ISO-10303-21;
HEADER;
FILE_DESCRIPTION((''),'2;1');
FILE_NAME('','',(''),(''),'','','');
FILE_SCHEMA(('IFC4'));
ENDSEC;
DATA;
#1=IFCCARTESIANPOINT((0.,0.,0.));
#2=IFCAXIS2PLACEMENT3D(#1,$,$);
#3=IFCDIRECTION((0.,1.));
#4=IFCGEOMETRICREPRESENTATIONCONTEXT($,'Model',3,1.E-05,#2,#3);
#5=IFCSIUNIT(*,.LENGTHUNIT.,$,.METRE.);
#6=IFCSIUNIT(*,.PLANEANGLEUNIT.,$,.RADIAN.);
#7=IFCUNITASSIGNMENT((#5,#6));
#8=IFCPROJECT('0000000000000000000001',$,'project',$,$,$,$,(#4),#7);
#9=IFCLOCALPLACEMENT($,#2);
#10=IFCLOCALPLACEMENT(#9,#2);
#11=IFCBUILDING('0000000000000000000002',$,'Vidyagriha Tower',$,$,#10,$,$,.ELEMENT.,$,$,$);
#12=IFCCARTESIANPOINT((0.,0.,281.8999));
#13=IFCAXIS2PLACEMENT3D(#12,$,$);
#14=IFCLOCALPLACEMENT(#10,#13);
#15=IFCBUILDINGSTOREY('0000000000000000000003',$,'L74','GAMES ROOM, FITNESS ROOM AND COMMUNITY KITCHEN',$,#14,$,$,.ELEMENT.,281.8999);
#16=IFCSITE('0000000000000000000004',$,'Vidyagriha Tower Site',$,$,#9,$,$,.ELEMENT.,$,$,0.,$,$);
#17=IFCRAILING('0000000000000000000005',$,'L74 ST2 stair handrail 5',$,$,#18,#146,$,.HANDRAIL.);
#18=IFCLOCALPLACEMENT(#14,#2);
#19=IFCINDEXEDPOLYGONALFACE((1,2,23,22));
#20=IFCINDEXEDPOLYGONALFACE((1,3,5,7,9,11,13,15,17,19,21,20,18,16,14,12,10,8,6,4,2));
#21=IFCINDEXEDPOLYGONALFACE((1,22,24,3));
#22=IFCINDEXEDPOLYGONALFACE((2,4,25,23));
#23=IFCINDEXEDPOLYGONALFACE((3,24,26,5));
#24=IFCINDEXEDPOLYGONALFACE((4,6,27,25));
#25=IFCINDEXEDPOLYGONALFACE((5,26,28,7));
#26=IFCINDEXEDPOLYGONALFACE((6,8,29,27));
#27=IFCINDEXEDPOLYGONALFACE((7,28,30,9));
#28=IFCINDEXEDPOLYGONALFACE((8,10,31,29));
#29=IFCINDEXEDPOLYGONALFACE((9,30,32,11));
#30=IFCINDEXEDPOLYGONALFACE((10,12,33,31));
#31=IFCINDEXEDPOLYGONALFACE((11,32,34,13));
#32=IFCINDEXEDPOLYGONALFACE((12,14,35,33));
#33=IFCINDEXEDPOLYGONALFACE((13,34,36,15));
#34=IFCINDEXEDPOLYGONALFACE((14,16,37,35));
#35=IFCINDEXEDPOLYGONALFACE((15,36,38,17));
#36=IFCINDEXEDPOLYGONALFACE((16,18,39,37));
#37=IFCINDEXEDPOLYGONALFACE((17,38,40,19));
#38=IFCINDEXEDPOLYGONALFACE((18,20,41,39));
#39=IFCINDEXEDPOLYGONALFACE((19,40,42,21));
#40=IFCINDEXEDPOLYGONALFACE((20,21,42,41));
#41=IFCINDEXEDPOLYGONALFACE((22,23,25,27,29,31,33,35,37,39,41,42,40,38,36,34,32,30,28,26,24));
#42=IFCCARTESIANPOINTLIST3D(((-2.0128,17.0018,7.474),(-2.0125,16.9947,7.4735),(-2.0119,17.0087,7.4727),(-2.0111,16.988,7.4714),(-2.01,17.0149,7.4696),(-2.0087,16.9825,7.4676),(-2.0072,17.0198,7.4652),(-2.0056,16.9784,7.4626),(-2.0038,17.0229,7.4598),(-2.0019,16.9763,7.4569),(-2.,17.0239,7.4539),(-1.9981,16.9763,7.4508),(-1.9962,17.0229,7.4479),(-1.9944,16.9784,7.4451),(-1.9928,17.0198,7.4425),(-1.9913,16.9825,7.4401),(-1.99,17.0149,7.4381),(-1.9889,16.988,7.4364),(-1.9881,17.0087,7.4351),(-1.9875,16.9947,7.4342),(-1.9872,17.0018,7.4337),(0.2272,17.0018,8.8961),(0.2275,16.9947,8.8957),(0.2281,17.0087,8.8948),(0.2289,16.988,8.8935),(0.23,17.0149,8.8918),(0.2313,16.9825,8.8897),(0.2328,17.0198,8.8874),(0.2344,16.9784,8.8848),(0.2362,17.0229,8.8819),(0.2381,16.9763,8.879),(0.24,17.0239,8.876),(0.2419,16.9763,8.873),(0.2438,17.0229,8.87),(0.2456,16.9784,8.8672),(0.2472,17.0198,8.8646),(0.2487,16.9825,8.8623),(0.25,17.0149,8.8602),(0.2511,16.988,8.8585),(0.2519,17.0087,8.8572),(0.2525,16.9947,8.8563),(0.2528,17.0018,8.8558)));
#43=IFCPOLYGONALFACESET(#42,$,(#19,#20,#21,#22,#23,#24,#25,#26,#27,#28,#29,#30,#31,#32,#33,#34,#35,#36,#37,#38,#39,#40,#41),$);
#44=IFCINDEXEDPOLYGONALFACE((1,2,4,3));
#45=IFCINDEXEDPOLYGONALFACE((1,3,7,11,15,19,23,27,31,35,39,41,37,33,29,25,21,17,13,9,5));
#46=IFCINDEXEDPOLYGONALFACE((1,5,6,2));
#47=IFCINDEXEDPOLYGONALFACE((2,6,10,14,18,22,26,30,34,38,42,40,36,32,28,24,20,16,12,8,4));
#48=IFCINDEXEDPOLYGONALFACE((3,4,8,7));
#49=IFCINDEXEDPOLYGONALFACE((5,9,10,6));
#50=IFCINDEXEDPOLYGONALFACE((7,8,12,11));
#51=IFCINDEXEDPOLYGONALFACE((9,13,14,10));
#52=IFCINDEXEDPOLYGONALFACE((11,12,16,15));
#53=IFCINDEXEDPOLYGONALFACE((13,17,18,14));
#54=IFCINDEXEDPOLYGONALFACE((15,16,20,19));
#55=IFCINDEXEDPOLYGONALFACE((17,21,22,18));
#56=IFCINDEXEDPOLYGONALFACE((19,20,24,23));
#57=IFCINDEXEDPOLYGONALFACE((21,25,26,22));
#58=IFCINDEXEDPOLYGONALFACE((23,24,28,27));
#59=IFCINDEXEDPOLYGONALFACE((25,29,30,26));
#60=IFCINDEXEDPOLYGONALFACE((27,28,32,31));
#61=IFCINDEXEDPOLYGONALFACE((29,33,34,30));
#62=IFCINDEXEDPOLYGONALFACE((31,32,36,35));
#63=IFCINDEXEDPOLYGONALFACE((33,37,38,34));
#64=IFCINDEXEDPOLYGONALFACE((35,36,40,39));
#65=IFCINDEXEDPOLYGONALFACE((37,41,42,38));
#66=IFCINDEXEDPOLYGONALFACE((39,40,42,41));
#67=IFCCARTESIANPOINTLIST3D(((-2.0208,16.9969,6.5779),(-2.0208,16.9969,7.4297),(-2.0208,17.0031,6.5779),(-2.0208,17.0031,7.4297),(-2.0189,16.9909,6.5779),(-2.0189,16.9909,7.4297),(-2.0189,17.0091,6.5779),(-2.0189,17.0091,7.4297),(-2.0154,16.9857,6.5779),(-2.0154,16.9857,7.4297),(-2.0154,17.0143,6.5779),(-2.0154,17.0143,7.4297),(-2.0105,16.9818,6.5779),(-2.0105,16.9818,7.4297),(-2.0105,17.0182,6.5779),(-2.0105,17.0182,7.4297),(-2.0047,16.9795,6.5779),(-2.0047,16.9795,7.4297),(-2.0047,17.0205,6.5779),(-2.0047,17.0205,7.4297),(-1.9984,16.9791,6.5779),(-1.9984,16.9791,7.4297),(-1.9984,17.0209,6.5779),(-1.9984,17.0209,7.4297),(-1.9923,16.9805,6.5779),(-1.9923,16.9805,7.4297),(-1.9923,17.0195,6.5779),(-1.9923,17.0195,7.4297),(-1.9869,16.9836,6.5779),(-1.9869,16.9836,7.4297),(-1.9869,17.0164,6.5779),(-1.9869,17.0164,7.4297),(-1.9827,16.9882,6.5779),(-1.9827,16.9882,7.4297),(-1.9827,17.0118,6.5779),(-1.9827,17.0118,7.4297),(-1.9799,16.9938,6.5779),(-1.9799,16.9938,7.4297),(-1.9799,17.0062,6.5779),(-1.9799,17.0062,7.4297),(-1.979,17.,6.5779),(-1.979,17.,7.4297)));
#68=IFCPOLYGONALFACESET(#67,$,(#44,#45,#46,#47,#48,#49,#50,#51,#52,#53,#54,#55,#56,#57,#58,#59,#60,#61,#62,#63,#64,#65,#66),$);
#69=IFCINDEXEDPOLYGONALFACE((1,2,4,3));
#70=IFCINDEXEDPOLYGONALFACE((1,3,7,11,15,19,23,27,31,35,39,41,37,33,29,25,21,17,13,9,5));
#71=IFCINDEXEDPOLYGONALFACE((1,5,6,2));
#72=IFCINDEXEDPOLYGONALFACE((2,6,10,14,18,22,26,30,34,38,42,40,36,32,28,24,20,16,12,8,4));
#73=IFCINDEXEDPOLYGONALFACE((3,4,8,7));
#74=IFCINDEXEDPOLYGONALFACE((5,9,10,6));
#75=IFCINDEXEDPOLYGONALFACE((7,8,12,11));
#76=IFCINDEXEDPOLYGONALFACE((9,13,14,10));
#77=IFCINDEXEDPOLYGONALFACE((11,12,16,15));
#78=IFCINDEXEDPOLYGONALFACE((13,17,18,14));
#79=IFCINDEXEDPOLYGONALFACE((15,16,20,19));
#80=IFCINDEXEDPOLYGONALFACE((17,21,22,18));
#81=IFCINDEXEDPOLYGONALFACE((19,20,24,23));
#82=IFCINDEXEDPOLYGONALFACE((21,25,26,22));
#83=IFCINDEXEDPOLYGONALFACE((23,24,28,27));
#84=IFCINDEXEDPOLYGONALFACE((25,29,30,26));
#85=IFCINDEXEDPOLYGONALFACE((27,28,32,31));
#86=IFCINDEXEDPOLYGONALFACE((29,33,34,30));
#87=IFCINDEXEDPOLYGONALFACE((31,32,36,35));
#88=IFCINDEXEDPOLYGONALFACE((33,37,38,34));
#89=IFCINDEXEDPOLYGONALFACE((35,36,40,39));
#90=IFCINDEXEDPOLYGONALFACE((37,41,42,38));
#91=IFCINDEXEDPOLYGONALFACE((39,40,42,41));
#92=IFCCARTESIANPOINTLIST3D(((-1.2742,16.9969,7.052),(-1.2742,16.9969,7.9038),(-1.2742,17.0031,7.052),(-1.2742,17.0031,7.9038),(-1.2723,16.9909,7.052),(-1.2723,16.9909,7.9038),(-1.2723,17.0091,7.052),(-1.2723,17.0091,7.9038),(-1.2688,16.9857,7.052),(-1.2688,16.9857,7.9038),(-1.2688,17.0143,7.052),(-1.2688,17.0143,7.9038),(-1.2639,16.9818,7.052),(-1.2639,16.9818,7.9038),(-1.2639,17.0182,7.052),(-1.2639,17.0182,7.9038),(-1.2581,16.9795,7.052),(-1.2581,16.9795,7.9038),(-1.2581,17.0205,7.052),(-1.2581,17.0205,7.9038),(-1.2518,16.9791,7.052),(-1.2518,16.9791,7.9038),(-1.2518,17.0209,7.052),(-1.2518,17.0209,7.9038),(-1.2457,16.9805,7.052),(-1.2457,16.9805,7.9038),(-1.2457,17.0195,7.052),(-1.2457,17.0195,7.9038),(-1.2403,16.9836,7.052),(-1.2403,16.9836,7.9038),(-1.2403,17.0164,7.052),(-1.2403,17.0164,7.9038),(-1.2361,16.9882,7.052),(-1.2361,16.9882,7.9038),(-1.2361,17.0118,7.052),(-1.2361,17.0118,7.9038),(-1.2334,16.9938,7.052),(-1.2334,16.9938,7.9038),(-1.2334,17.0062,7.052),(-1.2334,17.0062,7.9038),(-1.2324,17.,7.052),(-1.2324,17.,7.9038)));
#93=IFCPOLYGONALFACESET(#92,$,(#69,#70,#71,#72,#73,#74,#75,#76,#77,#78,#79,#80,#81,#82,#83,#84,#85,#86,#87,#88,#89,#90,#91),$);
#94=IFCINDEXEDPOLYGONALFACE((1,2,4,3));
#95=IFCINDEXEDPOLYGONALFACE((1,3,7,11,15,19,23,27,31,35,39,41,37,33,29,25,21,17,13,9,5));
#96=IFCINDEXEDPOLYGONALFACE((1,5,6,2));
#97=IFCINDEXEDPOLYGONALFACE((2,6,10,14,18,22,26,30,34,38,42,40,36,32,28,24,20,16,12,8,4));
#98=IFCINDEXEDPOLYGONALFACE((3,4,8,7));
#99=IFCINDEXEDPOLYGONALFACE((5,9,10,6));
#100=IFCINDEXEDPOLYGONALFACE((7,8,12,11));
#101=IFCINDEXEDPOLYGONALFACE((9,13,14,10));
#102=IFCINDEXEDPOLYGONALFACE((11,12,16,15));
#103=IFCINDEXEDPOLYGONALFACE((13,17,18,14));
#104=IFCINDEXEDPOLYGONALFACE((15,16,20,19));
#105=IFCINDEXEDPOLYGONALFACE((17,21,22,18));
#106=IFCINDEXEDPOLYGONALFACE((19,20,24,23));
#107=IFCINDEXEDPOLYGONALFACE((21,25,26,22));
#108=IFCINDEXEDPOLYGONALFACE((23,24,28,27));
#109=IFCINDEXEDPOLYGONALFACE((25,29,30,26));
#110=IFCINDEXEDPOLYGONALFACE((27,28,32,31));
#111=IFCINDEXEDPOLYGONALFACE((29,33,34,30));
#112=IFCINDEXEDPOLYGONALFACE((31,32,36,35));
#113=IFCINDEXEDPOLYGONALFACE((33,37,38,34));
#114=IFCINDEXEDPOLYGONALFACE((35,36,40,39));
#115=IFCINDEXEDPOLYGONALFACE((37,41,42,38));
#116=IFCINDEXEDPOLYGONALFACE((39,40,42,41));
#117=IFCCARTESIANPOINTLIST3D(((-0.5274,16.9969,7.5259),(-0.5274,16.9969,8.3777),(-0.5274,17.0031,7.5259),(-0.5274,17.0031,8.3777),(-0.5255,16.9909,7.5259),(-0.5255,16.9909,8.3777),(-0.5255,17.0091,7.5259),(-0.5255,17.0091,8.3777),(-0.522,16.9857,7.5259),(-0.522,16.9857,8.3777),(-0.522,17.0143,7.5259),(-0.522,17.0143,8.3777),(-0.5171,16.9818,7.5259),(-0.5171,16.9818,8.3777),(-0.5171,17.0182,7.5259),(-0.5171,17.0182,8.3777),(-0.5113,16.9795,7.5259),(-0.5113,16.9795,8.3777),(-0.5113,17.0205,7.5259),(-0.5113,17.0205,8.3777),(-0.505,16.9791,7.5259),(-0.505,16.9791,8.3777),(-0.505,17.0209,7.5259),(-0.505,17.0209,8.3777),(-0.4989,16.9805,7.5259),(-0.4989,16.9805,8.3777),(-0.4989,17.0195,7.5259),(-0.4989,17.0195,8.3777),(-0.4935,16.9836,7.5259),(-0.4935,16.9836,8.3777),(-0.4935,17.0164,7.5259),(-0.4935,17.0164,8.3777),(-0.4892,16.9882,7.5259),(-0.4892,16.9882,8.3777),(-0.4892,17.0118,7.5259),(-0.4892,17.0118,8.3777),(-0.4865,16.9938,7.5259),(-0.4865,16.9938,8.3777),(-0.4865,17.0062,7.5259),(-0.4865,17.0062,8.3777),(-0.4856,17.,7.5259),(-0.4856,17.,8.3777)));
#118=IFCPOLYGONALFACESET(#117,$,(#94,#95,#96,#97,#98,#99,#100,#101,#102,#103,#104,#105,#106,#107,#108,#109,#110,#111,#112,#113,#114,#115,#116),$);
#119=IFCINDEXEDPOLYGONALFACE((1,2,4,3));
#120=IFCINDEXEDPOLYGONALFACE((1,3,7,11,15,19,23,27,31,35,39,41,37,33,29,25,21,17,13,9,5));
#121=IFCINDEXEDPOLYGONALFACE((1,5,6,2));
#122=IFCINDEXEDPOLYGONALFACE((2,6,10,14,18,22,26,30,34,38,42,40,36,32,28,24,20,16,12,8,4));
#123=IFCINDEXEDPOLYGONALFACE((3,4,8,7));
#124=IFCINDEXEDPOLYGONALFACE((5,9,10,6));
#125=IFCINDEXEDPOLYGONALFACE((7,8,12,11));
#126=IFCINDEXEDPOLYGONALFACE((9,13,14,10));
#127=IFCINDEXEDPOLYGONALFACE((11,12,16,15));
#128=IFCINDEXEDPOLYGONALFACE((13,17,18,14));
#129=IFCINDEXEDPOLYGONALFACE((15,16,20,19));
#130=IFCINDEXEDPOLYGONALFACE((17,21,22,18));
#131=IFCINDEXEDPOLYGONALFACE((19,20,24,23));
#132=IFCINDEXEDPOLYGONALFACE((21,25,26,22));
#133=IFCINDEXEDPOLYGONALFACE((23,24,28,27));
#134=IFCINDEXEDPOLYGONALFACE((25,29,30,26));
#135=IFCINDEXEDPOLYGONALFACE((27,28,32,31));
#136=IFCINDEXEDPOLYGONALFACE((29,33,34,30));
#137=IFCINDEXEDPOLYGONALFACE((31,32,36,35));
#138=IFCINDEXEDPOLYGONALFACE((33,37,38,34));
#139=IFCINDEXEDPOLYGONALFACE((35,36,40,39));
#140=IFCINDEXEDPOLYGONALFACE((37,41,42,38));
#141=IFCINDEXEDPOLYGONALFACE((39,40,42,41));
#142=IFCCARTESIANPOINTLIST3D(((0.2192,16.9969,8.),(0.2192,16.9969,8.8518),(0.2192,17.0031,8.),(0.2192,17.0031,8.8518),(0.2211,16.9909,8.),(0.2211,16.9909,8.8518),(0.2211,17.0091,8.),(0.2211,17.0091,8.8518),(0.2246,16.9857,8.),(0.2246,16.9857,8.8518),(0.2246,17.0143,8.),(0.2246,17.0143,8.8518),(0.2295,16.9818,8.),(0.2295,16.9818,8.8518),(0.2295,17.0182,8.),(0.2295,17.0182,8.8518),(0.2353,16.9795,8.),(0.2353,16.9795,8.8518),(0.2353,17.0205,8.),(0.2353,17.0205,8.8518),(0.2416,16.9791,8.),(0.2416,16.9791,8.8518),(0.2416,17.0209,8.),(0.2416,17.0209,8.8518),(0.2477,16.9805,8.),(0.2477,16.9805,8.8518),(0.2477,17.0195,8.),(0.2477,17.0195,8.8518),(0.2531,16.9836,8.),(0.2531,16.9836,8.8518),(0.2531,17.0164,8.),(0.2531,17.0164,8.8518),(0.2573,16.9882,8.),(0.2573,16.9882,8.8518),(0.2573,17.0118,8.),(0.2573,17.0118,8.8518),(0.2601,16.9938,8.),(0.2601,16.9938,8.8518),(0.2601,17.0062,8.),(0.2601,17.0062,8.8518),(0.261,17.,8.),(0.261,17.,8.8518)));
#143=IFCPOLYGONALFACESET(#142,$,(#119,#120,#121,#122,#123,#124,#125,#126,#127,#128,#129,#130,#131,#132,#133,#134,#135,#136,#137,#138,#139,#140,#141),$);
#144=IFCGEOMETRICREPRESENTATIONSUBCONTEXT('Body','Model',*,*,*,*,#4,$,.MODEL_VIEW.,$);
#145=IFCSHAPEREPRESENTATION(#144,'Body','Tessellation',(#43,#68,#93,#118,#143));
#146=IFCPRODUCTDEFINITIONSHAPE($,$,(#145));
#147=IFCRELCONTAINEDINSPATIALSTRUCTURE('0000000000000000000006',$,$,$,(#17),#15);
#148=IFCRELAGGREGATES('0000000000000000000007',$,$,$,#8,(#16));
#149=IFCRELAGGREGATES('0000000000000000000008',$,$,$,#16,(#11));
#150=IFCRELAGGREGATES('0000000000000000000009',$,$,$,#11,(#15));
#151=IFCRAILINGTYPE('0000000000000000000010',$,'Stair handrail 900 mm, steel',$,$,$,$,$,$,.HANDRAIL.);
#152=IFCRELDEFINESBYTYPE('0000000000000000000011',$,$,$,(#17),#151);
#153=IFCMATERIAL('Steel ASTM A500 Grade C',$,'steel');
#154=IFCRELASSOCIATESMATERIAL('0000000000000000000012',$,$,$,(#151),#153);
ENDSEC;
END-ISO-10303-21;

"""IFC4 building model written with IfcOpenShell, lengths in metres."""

from ifc_helpers import new_model, si_unit, direction, frame, origin, origin_2d, place, context, subcontext, project, spatial, circle, extrude, material, type_object, element, save


model = new_model("IFC4")

# Units and contexts
model_context = context("Model", 3, precision=1e-05, world=origin(), true_north=direction((0.0, 1.0)))
body_context = subcontext(model_context, "Body", "Model", "MODEL_VIEW")
ifc_project = project(units=[si_unit("LENGTHUNIT", "METRE"), si_unit("PLANEANGLEUNIT", "RADIAN")], contexts=[model_context])

# Site, building, storey
site_placement = place(None, origin())
site = spatial("IfcSite", under=ifc_project, at=site_placement, Name="Vidyagriha Tower Site", CompositionType="ELEMENT", RefElevation=0.0)
building_placement = place(site_placement, origin())
building = spatial("IfcBuilding", under=site, at=building_placement, Name="Vidyagriha Tower", CompositionType="ELEMENT")
storey_placement = place(building_placement, frame((0.0, 0.0, 281.8999)))
storey = spatial("IfcBuildingStorey", under=building, at=storey_placement, Name="L74", Description="GAMES ROOM, FITNESS ROOM AND COMMUNITY KITCHEN", CompositionType="ELEMENT", Elevation=281.8999)

# Railing
ifc_material_1 = material(Name="Steel ASTM A500 Grade C", Category="steel")
railing_type_1 = type_object("IfcRailingType", Name="Stair handrail 900 mm, steel", PredefinedType="HANDRAIL", material=ifc_material_1)
for number, where, name in (
    (1, (-2.0, 17.0, 6.5779), "L74 ST2 stair handrail 5"),
):
    element("IfcRailing", number, at=place(storey_placement, frame(where)), inside=storey, type_object=railing_type_1, Name=name, PredefinedType="HANDRAIL", context=body_context, shape_type="SweptSolid", body=[
        extrude(circle(Radius=0.0239, at=origin_2d()), frame((0.0, 0.0, 0.876), z_axis=(0.844229, 0.0, 0.535982), x_axis=(0.0, 1.0, 0.0)), (0.0, 0.0, 1.0), 2.6533),
        extrude(circle(Radius=0.021, at=origin_2d()), origin(), (0.0, 0.0, 1.0), 0.8518),
        extrude(circle(Radius=0.021, at=origin_2d()), frame((0.7466, 0.0, 0.4741)), (0.0, 0.0, 1.0), 0.8518),
        extrude(circle(Radius=0.021, at=origin_2d()), frame((1.4934, 0.0, 0.948)), (0.0, 0.0, 1.0), 0.8518),
        extrude(circle(Radius=0.021, at=origin_2d()), frame((2.24, 0.0, 1.4221)), (0.0, 0.0, 1.0), 0.8518),
    ])

save(model, "model.ifc")
